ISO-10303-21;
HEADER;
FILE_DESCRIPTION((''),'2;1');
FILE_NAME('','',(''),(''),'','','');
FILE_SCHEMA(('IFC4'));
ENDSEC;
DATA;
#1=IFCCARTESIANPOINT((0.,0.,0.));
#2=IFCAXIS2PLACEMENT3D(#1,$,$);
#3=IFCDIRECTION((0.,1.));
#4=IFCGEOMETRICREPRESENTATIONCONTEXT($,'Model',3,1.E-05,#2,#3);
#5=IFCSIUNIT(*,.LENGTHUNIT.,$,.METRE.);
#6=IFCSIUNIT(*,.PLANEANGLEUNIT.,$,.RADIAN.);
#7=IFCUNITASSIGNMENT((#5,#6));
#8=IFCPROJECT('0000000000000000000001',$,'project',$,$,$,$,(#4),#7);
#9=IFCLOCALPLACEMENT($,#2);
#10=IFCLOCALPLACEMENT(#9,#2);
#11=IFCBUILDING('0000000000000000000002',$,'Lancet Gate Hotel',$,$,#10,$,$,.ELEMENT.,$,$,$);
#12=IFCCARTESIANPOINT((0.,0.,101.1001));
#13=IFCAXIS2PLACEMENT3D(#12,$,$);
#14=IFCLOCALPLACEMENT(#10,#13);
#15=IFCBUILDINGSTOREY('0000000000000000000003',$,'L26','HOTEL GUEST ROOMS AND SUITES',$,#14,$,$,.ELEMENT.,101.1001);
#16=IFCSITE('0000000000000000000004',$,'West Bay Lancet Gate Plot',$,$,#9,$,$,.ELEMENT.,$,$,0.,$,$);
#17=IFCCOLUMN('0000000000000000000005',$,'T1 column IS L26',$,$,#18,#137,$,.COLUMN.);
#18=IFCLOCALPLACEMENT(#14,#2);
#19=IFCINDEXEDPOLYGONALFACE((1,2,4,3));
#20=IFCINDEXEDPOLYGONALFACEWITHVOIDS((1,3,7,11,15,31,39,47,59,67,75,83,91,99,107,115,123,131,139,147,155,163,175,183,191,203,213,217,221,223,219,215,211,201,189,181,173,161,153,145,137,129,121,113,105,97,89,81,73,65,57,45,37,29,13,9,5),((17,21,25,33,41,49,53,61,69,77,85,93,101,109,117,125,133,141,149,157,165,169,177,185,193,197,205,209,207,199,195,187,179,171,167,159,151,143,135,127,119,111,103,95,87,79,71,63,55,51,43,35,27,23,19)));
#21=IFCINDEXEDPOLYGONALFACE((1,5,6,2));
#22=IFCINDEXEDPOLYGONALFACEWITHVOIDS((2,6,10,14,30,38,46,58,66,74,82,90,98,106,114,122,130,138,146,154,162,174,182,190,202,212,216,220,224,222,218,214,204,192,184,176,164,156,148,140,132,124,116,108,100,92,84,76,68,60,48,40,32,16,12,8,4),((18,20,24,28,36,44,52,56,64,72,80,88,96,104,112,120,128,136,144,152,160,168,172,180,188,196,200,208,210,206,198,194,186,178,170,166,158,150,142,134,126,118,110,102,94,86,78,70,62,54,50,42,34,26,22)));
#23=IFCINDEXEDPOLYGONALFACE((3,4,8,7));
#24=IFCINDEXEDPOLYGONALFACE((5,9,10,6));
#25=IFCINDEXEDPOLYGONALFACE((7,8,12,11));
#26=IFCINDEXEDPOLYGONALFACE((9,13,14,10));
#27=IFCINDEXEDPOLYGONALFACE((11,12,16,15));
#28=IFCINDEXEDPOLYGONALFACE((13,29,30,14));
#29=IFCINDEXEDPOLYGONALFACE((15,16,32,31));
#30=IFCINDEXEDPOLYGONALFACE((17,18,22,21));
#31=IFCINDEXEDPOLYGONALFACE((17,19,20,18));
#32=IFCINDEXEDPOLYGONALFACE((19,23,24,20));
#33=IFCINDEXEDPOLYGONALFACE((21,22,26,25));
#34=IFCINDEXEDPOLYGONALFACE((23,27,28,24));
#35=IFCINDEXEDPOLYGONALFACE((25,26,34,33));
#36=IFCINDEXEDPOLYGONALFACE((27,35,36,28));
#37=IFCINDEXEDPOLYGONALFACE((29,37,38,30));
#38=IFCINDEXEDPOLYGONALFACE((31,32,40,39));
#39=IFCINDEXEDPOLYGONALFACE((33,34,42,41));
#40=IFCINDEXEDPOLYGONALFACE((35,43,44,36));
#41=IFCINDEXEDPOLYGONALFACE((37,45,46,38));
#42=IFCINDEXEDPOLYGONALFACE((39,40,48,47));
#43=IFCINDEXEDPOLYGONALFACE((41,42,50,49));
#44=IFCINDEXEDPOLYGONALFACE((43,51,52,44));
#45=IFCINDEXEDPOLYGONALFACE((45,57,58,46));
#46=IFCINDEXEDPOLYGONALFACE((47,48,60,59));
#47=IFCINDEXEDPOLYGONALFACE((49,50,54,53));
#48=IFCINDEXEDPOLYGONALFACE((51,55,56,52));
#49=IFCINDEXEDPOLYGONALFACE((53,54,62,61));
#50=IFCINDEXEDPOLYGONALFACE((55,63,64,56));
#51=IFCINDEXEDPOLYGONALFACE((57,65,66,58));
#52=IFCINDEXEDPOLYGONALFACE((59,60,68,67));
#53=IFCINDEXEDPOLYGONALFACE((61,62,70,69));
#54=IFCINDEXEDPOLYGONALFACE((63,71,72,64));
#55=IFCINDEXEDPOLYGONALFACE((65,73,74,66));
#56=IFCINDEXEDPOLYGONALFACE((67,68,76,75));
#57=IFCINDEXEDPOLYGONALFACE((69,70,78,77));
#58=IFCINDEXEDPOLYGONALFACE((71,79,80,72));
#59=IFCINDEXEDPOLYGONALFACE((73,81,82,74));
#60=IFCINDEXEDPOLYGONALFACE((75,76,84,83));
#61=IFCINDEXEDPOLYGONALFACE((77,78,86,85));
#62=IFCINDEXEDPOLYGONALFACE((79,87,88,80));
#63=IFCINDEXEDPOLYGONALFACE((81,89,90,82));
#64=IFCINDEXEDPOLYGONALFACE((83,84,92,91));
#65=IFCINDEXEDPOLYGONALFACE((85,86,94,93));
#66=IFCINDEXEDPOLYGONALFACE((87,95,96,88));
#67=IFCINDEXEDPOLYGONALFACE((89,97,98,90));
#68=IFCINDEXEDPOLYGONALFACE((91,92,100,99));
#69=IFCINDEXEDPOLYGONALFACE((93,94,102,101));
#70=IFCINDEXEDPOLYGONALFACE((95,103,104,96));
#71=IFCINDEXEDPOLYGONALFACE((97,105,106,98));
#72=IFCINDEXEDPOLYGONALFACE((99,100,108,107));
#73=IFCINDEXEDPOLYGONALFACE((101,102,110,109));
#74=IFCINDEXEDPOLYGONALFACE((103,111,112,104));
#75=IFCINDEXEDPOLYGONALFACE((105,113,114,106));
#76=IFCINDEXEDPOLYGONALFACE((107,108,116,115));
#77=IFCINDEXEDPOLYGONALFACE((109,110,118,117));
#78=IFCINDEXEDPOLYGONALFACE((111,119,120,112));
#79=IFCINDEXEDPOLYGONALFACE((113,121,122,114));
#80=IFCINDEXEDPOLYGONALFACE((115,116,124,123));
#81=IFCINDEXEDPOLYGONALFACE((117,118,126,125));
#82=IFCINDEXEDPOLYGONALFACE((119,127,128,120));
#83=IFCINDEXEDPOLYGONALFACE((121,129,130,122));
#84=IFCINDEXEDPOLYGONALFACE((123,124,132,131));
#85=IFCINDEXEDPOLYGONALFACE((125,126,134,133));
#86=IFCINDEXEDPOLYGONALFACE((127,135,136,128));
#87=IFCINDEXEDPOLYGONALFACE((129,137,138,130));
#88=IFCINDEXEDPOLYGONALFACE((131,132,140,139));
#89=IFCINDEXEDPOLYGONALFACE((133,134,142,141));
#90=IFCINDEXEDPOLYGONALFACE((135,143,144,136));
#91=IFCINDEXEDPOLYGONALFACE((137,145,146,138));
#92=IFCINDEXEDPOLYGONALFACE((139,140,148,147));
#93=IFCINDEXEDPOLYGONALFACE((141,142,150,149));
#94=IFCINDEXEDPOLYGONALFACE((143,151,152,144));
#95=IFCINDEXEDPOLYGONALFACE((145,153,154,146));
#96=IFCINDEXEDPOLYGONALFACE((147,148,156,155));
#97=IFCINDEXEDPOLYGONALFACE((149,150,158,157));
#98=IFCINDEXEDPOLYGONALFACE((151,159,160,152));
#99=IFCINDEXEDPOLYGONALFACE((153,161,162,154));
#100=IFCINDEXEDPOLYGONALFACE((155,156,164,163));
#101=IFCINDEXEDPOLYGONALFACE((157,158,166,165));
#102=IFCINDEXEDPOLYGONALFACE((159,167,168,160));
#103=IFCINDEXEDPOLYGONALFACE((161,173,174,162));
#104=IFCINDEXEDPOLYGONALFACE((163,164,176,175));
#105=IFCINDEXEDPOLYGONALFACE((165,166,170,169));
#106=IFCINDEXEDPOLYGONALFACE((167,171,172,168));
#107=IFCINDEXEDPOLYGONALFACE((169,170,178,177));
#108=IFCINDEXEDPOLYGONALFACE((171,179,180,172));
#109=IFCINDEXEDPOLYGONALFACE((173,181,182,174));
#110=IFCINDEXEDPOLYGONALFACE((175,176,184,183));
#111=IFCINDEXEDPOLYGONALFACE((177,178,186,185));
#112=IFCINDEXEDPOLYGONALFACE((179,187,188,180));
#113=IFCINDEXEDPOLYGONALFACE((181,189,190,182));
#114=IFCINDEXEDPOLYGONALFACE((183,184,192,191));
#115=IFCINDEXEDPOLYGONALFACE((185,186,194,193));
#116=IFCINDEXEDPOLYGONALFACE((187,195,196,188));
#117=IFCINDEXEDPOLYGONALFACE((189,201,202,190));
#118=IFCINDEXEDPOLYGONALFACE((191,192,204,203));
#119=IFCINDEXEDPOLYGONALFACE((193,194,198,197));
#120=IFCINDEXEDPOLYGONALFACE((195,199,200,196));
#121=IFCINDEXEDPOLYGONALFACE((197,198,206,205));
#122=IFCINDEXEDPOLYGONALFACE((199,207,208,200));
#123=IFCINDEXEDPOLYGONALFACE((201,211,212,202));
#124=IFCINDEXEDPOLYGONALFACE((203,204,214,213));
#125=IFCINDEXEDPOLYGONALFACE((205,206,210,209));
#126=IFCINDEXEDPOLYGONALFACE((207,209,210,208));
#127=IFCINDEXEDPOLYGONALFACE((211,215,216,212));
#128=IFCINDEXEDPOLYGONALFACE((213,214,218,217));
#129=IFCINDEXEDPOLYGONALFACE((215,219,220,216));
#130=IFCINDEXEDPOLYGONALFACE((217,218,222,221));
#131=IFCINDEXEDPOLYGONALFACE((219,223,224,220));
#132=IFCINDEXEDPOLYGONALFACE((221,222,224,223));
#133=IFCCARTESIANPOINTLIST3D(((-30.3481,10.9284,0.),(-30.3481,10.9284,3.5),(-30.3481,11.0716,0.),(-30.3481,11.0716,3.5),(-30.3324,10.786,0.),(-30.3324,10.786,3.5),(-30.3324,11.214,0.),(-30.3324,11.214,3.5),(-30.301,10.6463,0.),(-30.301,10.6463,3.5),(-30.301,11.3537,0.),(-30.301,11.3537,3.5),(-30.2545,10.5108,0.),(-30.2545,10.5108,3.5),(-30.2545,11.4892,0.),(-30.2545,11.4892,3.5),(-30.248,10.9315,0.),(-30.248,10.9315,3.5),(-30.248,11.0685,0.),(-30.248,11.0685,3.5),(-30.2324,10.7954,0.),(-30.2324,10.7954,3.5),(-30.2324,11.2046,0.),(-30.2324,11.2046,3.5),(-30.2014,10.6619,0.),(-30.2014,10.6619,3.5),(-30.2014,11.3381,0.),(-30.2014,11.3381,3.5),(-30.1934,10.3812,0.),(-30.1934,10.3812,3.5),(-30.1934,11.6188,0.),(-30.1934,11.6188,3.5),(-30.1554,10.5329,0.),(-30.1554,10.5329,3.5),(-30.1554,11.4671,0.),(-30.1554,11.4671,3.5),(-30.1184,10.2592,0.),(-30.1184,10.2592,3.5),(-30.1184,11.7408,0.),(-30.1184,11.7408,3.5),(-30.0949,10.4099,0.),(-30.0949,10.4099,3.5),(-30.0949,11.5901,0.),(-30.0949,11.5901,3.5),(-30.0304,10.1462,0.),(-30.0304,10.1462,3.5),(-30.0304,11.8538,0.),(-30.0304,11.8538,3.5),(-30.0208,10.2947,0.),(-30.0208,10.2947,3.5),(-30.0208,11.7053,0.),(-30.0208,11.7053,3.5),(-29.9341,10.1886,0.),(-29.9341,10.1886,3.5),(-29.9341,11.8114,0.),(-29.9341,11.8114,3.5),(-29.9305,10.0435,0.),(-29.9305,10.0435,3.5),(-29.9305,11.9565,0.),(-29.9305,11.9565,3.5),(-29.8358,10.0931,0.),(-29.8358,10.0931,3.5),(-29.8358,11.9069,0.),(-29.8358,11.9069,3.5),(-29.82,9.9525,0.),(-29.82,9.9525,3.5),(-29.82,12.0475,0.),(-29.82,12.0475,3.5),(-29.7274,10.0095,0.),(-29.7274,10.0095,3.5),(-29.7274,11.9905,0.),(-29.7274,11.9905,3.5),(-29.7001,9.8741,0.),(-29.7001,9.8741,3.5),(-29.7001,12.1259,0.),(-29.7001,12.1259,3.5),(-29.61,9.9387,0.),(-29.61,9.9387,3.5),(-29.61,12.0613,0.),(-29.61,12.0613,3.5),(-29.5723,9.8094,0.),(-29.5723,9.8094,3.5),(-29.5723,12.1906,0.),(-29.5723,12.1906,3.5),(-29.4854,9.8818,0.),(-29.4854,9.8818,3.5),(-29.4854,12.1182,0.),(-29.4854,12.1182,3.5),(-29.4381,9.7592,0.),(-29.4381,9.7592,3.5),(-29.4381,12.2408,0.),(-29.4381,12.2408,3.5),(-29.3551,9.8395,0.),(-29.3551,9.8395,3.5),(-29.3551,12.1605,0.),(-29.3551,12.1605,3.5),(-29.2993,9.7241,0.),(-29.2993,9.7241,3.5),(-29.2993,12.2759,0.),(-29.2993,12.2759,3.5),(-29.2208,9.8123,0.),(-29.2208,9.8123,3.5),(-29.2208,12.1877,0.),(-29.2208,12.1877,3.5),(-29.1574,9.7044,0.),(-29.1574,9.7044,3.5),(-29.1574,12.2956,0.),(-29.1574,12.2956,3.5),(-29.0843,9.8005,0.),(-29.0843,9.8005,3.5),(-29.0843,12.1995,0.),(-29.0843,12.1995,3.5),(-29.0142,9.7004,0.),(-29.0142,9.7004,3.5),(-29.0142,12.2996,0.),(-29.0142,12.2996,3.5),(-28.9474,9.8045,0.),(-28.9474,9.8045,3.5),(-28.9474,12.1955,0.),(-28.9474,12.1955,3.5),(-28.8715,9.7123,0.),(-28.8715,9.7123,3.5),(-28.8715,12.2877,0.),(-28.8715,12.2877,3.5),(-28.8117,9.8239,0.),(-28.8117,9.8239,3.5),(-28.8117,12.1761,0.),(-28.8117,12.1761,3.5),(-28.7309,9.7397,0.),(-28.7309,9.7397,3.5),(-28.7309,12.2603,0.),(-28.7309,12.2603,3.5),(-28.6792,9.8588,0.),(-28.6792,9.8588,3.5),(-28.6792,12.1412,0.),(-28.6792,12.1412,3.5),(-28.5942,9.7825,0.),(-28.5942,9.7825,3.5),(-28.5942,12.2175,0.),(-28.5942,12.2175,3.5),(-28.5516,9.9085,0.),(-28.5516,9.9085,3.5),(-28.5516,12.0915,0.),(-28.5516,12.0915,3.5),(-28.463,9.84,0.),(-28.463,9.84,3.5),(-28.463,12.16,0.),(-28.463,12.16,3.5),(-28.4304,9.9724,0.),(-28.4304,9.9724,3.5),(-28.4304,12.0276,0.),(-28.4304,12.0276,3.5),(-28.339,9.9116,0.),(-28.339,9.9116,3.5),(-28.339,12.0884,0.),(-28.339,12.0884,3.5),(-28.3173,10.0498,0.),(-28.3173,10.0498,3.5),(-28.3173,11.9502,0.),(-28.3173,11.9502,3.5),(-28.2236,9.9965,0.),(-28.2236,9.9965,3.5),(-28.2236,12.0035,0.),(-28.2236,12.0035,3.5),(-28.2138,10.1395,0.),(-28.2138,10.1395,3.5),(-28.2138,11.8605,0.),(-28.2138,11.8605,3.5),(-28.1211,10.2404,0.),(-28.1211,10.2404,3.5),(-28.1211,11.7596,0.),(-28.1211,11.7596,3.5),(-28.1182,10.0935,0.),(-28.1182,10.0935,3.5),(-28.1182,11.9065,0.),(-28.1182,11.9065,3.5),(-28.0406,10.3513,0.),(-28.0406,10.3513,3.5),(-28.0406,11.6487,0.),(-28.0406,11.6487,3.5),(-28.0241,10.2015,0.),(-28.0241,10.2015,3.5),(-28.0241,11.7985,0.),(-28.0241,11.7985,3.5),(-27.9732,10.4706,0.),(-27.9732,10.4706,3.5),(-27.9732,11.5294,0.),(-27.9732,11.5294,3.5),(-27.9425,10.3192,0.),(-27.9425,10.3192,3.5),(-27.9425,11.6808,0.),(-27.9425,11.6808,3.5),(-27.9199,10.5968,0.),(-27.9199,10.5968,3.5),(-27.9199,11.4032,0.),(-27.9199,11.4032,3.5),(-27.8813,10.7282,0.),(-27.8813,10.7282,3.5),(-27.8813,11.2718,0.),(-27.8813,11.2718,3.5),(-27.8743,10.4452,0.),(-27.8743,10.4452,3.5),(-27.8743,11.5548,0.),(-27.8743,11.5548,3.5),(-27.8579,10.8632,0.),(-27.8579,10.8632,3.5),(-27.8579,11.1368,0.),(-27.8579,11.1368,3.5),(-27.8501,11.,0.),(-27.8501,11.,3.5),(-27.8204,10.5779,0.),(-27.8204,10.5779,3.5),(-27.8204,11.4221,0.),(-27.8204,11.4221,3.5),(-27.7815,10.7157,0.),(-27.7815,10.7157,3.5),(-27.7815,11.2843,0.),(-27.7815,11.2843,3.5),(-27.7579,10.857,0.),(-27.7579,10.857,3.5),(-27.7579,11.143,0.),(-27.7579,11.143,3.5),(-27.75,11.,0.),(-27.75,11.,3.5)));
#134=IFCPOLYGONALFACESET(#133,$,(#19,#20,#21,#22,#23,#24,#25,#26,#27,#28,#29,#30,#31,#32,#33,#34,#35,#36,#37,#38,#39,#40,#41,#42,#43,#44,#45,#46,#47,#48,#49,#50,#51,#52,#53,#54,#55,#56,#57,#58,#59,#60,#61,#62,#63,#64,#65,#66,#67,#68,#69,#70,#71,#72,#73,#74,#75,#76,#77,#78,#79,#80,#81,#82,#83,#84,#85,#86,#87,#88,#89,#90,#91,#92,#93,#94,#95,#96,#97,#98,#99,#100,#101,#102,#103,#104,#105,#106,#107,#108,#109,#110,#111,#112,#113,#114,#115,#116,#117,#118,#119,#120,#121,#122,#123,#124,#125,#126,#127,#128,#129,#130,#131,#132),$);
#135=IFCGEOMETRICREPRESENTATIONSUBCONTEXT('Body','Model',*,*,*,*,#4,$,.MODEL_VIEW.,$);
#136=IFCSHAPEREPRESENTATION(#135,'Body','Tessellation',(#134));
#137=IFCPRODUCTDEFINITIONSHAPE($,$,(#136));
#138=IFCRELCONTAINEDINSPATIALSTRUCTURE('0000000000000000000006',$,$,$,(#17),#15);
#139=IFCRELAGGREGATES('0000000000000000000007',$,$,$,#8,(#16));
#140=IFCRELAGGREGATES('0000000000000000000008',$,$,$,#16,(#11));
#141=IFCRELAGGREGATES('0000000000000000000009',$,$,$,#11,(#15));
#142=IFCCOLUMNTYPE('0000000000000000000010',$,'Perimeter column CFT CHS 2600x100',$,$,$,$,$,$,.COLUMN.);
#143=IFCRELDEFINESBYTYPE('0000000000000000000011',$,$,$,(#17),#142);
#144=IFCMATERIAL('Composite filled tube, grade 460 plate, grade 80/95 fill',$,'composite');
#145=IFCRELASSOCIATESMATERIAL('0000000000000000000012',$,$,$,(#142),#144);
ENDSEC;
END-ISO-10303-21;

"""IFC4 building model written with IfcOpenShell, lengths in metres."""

from ifc_helpers import new_model, si_unit, direction, frame, origin, origin_2d, place, context, subcontext, project, spatial, hollow_circle, extrude, material, material_profile, profile_set, type_object, element, save


model = new_model("IFC4")

# Units and contexts
model_context = context("Model", 3, precision=1e-05, world=origin(), true_north=direction((0.0, 1.0)))
body_context = subcontext(model_context, "Body", "Model", "MODEL_VIEW")
ifc_project = project(units=[si_unit("LENGTHUNIT", "METRE"), si_unit("PLANEANGLEUNIT", "RADIAN")], contexts=[model_context])

# Site, building, storey
site_placement = place(None, origin())
site = spatial("IfcSite", under=ifc_project, at=site_placement, Name="West Bay Lancet Gate Plot", CompositionType="ELEMENT", RefElevation=0.0)
building_placement = place(site_placement, origin())
building = spatial("IfcBuilding", under=site, at=building_placement, Name="Lancet Gate Hotel", CompositionType="ELEMENT")
storey_placement = place(building_placement, frame((0.0, 0.0, 101.1001)))
storey = spatial("IfcBuildingStorey", under=building, at=storey_placement, Name="L26", Description="HOTEL GUEST ROOMS AND SUITES", CompositionType="ELEMENT", Elevation=101.1001)

# Column
ifc_material_1 = material(Name="Composite filled tube, grade 460 plate, grade 80/95 fill", Category="composite")
ifc_material_profile_1 = material_profile(ifc_material_1, hollow_circle(Radius=1.3, WallThickness=0.1001, at=origin_2d()), Name="CHS 2600x100")
ifc_profile_set_1 = profile_set([ifc_material_profile_1], Name="Composite filled tube, grade 460 plate, grade 80/95 fill")
column_type = type_object("IfcColumnType", Name="Perimeter column CFT CHS 2600x100", PredefinedType="COLUMN", material=ifc_profile_set_1)
for number, where, z_axis, x_axis, name in (
    (1, (-29.05, 11.0, 0.0), (0.0, 0.0, 1.0), (1.0, 0.0, 0.0), "T1 column IS L26"),
):
    element("IfcColumn", number, at=place(storey_placement, frame(where, z_axis=z_axis, x_axis=x_axis)), inside=storey, type_object=column_type, Name=name, PredefinedType="COLUMN", context=body_context, shape_type="SweptSolid", body=[
        extrude(hollow_circle(Radius=1.3, WallThickness=0.1001, at=origin_2d()), origin(), (0.0, 0.0, 1.0), 3.5),
    ])

save(model, "model.ifc")
